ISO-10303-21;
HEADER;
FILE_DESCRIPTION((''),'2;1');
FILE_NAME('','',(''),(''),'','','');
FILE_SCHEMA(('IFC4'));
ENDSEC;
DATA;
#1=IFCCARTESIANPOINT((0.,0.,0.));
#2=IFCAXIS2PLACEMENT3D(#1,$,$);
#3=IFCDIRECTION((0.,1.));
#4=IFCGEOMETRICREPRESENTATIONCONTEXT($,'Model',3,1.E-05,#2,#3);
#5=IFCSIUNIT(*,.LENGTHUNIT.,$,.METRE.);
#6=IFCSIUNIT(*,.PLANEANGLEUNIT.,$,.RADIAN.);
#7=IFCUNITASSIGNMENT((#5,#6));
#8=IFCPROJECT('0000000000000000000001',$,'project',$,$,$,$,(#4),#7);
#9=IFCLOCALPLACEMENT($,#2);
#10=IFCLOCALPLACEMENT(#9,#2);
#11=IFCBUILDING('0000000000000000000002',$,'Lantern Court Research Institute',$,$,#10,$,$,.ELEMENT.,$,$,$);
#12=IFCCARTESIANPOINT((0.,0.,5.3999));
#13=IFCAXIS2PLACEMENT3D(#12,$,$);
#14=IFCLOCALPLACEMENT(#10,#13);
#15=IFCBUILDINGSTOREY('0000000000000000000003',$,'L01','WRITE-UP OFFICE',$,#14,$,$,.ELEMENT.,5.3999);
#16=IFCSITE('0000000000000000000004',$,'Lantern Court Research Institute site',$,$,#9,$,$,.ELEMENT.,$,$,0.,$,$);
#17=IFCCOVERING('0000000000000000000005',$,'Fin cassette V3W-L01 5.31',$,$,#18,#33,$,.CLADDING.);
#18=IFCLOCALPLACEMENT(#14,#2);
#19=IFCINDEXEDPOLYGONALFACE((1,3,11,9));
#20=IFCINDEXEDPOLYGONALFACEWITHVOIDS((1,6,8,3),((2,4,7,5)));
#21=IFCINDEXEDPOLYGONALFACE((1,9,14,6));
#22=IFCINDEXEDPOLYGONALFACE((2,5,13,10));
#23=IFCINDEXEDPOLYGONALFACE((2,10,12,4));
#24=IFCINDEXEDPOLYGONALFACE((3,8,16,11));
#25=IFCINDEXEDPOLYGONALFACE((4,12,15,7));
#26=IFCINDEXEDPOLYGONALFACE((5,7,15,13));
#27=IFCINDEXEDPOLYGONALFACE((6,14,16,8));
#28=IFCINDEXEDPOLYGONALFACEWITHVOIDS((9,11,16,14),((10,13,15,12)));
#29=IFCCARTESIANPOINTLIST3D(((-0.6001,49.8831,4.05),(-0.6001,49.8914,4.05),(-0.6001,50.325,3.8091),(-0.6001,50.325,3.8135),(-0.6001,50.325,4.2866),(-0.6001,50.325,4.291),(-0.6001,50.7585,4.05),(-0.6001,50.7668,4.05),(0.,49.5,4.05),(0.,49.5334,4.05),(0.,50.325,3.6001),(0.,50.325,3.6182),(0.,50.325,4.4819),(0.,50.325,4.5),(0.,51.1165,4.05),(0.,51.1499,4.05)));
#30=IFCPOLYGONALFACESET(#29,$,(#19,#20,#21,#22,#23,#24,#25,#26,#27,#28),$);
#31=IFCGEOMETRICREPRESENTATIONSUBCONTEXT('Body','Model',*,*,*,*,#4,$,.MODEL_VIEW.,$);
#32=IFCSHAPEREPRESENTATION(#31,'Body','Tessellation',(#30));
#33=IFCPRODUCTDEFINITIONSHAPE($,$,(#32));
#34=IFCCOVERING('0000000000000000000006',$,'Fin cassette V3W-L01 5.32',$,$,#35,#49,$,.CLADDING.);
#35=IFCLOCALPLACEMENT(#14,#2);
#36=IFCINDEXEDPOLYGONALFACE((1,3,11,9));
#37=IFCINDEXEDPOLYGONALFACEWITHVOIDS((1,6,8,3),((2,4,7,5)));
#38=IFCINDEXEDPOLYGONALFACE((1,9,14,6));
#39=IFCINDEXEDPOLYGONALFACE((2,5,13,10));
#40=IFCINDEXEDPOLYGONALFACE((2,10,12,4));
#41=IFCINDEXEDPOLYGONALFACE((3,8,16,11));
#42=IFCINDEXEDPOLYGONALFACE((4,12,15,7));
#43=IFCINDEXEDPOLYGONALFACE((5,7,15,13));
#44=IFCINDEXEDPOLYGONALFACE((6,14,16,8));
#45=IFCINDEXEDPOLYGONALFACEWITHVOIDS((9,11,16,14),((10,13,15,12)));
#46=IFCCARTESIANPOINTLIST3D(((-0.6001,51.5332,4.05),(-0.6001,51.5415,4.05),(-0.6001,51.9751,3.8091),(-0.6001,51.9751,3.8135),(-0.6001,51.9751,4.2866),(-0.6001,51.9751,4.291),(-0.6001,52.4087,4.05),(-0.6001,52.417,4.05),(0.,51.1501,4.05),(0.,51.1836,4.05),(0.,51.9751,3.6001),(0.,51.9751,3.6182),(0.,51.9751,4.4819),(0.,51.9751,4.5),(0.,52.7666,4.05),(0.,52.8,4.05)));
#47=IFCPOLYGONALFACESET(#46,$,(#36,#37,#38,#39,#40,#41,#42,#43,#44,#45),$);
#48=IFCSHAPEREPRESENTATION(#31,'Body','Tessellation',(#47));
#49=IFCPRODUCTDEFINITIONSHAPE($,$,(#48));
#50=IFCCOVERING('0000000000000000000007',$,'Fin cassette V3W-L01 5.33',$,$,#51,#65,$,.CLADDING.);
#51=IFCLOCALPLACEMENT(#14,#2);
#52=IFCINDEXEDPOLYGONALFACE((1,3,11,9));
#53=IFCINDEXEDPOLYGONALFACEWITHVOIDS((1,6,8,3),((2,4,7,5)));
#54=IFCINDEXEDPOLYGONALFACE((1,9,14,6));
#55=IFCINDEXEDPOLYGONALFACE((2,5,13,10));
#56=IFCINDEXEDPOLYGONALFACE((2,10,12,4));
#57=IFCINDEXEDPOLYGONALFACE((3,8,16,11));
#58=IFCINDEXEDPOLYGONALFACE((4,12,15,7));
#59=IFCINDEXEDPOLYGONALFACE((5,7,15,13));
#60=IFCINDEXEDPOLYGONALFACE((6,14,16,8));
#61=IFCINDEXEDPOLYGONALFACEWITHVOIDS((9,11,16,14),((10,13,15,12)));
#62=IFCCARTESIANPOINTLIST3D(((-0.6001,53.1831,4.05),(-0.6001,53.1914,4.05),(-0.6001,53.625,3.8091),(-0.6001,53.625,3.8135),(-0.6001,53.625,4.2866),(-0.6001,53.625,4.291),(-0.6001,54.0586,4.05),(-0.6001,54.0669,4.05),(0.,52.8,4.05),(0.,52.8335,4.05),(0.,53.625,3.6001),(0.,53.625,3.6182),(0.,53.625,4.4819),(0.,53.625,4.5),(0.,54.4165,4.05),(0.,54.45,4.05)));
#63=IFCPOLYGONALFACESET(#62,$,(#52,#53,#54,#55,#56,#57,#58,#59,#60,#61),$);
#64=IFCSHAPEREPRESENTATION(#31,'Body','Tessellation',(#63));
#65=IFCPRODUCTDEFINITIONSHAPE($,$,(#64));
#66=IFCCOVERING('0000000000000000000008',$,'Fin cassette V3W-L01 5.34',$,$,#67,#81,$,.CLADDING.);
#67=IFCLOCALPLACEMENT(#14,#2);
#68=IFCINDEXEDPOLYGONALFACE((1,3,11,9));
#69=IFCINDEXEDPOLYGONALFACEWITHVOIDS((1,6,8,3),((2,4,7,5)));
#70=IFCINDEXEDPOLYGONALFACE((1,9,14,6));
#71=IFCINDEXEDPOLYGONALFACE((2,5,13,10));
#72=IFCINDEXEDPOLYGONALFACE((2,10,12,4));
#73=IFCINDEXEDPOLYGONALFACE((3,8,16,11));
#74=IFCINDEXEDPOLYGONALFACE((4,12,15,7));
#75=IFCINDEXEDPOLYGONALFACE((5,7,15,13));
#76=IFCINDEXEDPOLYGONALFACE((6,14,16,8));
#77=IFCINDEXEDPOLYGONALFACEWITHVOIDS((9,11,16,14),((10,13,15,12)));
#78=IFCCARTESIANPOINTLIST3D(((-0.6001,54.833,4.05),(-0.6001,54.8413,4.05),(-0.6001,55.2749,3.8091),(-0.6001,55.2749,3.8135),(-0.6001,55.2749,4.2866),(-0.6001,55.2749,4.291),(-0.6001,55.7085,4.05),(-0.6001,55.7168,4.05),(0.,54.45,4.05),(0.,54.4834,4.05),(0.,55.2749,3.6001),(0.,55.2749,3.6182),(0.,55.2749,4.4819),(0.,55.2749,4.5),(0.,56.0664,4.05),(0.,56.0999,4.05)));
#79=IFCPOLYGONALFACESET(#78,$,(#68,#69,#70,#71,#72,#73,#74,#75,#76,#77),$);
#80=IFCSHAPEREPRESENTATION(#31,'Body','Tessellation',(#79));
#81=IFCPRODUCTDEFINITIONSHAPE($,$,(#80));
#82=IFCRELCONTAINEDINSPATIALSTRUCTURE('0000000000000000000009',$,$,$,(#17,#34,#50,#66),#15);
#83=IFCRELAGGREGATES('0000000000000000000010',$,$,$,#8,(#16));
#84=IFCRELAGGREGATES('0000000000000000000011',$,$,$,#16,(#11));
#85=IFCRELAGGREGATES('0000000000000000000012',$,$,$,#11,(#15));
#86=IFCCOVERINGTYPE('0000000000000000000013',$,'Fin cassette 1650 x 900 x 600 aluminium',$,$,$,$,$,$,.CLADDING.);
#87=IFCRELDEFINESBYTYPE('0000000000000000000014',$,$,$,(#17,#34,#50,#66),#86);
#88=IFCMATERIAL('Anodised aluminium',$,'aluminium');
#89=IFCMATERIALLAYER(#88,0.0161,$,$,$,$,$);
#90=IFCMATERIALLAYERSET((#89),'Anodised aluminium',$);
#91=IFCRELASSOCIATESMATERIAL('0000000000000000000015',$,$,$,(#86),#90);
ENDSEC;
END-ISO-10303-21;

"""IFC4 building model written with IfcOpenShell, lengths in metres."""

from ifc_helpers import new_model, entity, si_unit, direction, frame, origin, place, context, subcontext, project, spatial, material, layer, layer_set, type_object, element, save


model = new_model("IFC4")

# Units and contexts
model_context = context("Model", 3, precision=1e-05, world=origin(), true_north=direction((0.0, 1.0)))
body_context = subcontext(model_context, "Body", "Model", "MODEL_VIEW")
ifc_project = project(units=[si_unit("LENGTHUNIT", "METRE"), si_unit("PLANEANGLEUNIT", "RADIAN")], contexts=[model_context])

# Site, building, storey
site_placement = place(None, origin())
site = spatial("IfcSite", under=ifc_project, at=site_placement, Name="Lantern Court Research Institute site", CompositionType="ELEMENT", RefElevation=0.0)
building_placement = place(site_placement, origin())
building = spatial("IfcBuilding", under=site, at=building_placement, Name="Lantern Court Research Institute", CompositionType="ELEMENT")
storey_placement = place(building_placement, frame((0.0, 0.0, 5.3999)))
storey = spatial("IfcBuildingStorey", under=building, at=storey_placement, Name="L01", Description="WRITE-UP OFFICE", CompositionType="ELEMENT", Elevation=5.3999)

# Coverings
ifc_material_1 = material(Name="Anodised aluminium", Category="aluminium")
ifc_layer_1 = layer(ifc_material_1, 0.0161)
ifc_layer_set_1 = layer_set([ifc_layer_1], Name="Anodised aluminium")
covering_type = type_object("IfcCoveringType", Name="Fin cassette 1650 x 900 x 600 aluminium", PredefinedType="CLADDING", material=ifc_layer_set_1)
covering_1_placement = place(storey_placement, frame((0.0, 50.325, 4.05), z_axis=(-1.0, 0.0, 0.0), x_axis=(0.0, -1.0, 0.0)))
cartesian_point_1 = entity("IfcCartesianPoint", [0.825, 0.0])
cartesian_point_2 = entity("IfcCartesianPoint", [0.7915, 0.0])
cartesian_point_3 = entity("IfcCartesianPoint", [0.4419, 0.0])
cartesian_point_4 = entity("IfcCartesianPoint", [0.4336, 0.0])
element("IfcCovering", 1, at=covering_1_placement, inside=storey, type_object=covering_type, Name="Fin cassette V3W-L01 5.31", PredefinedType="CLADDING", context=body_context, shape_type="SweptSolid", body=[
    entity("IfcExtrudedAreaSolidTapered", entity("IfcArbitraryProfileDefWithVoids", "AREA", None, entity("IfcPolyline", [cartesian_point_1, entity("IfcCartesianPoint", [0.0, 0.45]), entity("IfcCartesianPoint", [-0.825, 0.0]), entity("IfcCartesianPoint", [0.0, -0.45]), cartesian_point_1]), [entity("IfcPolyline", [cartesian_point_2, entity("IfcCartesianPoint", [0.0, 0.4319]), entity("IfcCartesianPoint", [-0.7915, 0.0]), entity("IfcCartesianPoint", [0.0, -0.4319]), cartesian_point_2])]), entity("IfcAxis2Placement3D", entity("IfcCartesianPoint", [0.0, 0.0, 0.0])), entity("IfcDirection", [0.0, 0.0, 1.0]), 0.6001, entity("IfcArbitraryProfileDefWithVoids", "AREA", None, entity("IfcPolyline", [cartesian_point_3, entity("IfcCartesianPoint", [0.0, 0.241]), entity("IfcCartesianPoint", [-0.4419, 0.0]), entity("IfcCartesianPoint", [0.0, -0.241]), cartesian_point_3]), [entity("IfcPolyline", [cartesian_point_4, entity("IfcCartesianPoint", [0.0, 0.2366]), entity("IfcCartesianPoint", [-0.4336, 0.0]), entity("IfcCartesianPoint", [0.0, -0.2366]), cartesian_point_4])])),
])
covering_2_placement = place(storey_placement, frame((0.0, 51.9751, 4.05), z_axis=(-1.0, 0.0, 0.0), x_axis=(0.0, -1.0, 0.0)))
cartesian_point_5 = entity("IfcCartesianPoint", [0.825, 0.0])
cartesian_point_6 = entity("IfcCartesianPoint", [0.7915, 0.0])
cartesian_point_7 = entity("IfcCartesianPoint", [0.4419, 0.0])
cartesian_point_8 = entity("IfcCartesianPoint", [0.4336, 0.0])
element("IfcCovering", 2, at=covering_2_placement, inside=storey, type_object=covering_type, Name="Fin cassette V3W-L01 5.32", PredefinedType="CLADDING", context=body_context, shape_type="SweptSolid", body=[
    entity("IfcExtrudedAreaSolidTapered", entity("IfcArbitraryProfileDefWithVoids", "AREA", None, entity("IfcPolyline", [cartesian_point_5, entity("IfcCartesianPoint", [0.0, 0.45]), entity("IfcCartesianPoint", [-0.825, 0.0]), entity("IfcCartesianPoint", [0.0, -0.45]), cartesian_point_5]), [entity("IfcPolyline", [cartesian_point_6, entity("IfcCartesianPoint", [0.0, 0.4319]), entity("IfcCartesianPoint", [-0.7915, 0.0]), entity("IfcCartesianPoint", [0.0, -0.4319]), cartesian_point_6])]), entity("IfcAxis2Placement3D", entity("IfcCartesianPoint", [0.0, 0.0, 0.0])), entity("IfcDirection", [0.0, 0.0, 1.0]), 0.6001, entity("IfcArbitraryProfileDefWithVoids", "AREA", None, entity("IfcPolyline", [cartesian_point_7, entity("IfcCartesianPoint", [0.0, 0.241]), entity("IfcCartesianPoint", [-0.4419, 0.0]), entity("IfcCartesianPoint", [0.0, -0.241]), cartesian_point_7]), [entity("IfcPolyline", [cartesian_point_8, entity("IfcCartesianPoint", [0.0, 0.2366]), entity("IfcCartesianPoint", [-0.4336, 0.0]), entity("IfcCartesianPoint", [0.0, -0.2366]), cartesian_point_8])])),
])
covering_3_placement = place(storey_placement, frame((0.0, 53.625, 4.05), z_axis=(-1.0, 0.0, 0.0), x_axis=(0.0, -1.0, 0.0)))
cartesian_point_9 = entity("IfcCartesianPoint", [0.825, 0.0])
cartesian_point_10 = entity("IfcCartesianPoint", [0.7915, 0.0])
cartesian_point_11 = entity("IfcCartesianPoint", [0.4419, 0.0])
cartesian_point_12 = entity("IfcCartesianPoint", [0.4336, 0.0])
element("IfcCovering", 3, at=covering_3_placement, inside=storey, type_object=covering_type, Name="Fin cassette V3W-L01 5.33", PredefinedType="CLADDING", context=body_context, shape_type="SweptSolid", body=[
    entity("IfcExtrudedAreaSolidTapered", entity("IfcArbitraryProfileDefWithVoids", "AREA", None, entity("IfcPolyline", [cartesian_point_9, entity("IfcCartesianPoint", [0.0, 0.45]), entity("IfcCartesianPoint", [-0.825, 0.0]), entity("IfcCartesianPoint", [0.0, -0.45]), cartesian_point_9]), [entity("IfcPolyline", [cartesian_point_10, entity("IfcCartesianPoint", [0.0, 0.4319]), entity("IfcCartesianPoint", [-0.7915, 0.0]), entity("IfcCartesianPoint", [0.0, -0.4319]), cartesian_point_10])]), entity("IfcAxis2Placement3D", entity("IfcCartesianPoint", [0.0, 0.0, 0.0])), entity("IfcDirection", [0.0, 0.0, 1.0]), 0.6001, entity("IfcArbitraryProfileDefWithVoids", "AREA", None, entity("IfcPolyline", [cartesian_point_11, entity("IfcCartesianPoint", [0.0, 0.241]), entity("IfcCartesianPoint", [-0.4419, 0.0]), entity("IfcCartesianPoint", [0.0, -0.241]), cartesian_point_11]), [entity("IfcPolyline", [cartesian_point_12, entity("IfcCartesianPoint", [0.0, 0.2366]), entity("IfcCartesianPoint", [-0.4336, 0.0]), entity("IfcCartesianPoint", [0.0, -0.2366]), cartesian_point_12])])),
])
covering_4_placement = place(storey_placement, frame((0.0, 55.2749, 4.05), z_axis=(-1.0, 0.0, 0.0), x_axis=(0.0, -1.0, 0.0)))
cartesian_point_13 = entity("IfcCartesianPoint", [0.825, 0.0])
cartesian_point_14 = entity("IfcCartesianPoint", [0.7915, 0.0])
cartesian_point_15 = entity("IfcCartesianPoint", [0.4419, 0.0])
cartesian_point_16 = entity("IfcCartesianPoint", [0.4336, 0.0])
element("IfcCovering", 4, at=covering_4_placement, inside=storey, type_object=covering_type, Name="Fin cassette V3W-L01 5.34", PredefinedType="CLADDING", context=body_context, shape_type="SweptSolid", body=[
    entity("IfcExtrudedAreaSolidTapered", entity("IfcArbitraryProfileDefWithVoids", "AREA", None, entity("IfcPolyline", [cartesian_point_13, entity("IfcCartesianPoint", [0.0, 0.45]), entity("IfcCartesianPoint", [-0.825, 0.0]), entity("IfcCartesianPoint", [0.0, -0.45]), cartesian_point_13]), [entity("IfcPolyline", [cartesian_point_14, entity("IfcCartesianPoint", [0.0, 0.4319]), entity("IfcCartesianPoint", [-0.7915, 0.0]), entity("IfcCartesianPoint", [0.0, -0.4319]), cartesian_point_14])]), entity("IfcAxis2Placement3D", entity("IfcCartesianPoint", [0.0, 0.0, 0.0])), entity("IfcDirection", [0.0, 0.0, 1.0]), 0.6001, entity("IfcArbitraryProfileDefWithVoids", "AREA", None, entity("IfcPolyline", [cartesian_point_15, entity("IfcCartesianPoint", [0.0, 0.241]), entity("IfcCartesianPoint", [-0.4419, 0.0]), entity("IfcCartesianPoint", [0.0, -0.241]), cartesian_point_15]), [entity("IfcPolyline", [cartesian_point_16, entity("IfcCartesianPoint", [0.0, 0.2366]), entity("IfcCartesianPoint", [-0.4336, 0.0]), entity("IfcCartesianPoint", [0.0, -0.2366]), cartesian_point_16])])),
])

save(model, "model.ifc")
